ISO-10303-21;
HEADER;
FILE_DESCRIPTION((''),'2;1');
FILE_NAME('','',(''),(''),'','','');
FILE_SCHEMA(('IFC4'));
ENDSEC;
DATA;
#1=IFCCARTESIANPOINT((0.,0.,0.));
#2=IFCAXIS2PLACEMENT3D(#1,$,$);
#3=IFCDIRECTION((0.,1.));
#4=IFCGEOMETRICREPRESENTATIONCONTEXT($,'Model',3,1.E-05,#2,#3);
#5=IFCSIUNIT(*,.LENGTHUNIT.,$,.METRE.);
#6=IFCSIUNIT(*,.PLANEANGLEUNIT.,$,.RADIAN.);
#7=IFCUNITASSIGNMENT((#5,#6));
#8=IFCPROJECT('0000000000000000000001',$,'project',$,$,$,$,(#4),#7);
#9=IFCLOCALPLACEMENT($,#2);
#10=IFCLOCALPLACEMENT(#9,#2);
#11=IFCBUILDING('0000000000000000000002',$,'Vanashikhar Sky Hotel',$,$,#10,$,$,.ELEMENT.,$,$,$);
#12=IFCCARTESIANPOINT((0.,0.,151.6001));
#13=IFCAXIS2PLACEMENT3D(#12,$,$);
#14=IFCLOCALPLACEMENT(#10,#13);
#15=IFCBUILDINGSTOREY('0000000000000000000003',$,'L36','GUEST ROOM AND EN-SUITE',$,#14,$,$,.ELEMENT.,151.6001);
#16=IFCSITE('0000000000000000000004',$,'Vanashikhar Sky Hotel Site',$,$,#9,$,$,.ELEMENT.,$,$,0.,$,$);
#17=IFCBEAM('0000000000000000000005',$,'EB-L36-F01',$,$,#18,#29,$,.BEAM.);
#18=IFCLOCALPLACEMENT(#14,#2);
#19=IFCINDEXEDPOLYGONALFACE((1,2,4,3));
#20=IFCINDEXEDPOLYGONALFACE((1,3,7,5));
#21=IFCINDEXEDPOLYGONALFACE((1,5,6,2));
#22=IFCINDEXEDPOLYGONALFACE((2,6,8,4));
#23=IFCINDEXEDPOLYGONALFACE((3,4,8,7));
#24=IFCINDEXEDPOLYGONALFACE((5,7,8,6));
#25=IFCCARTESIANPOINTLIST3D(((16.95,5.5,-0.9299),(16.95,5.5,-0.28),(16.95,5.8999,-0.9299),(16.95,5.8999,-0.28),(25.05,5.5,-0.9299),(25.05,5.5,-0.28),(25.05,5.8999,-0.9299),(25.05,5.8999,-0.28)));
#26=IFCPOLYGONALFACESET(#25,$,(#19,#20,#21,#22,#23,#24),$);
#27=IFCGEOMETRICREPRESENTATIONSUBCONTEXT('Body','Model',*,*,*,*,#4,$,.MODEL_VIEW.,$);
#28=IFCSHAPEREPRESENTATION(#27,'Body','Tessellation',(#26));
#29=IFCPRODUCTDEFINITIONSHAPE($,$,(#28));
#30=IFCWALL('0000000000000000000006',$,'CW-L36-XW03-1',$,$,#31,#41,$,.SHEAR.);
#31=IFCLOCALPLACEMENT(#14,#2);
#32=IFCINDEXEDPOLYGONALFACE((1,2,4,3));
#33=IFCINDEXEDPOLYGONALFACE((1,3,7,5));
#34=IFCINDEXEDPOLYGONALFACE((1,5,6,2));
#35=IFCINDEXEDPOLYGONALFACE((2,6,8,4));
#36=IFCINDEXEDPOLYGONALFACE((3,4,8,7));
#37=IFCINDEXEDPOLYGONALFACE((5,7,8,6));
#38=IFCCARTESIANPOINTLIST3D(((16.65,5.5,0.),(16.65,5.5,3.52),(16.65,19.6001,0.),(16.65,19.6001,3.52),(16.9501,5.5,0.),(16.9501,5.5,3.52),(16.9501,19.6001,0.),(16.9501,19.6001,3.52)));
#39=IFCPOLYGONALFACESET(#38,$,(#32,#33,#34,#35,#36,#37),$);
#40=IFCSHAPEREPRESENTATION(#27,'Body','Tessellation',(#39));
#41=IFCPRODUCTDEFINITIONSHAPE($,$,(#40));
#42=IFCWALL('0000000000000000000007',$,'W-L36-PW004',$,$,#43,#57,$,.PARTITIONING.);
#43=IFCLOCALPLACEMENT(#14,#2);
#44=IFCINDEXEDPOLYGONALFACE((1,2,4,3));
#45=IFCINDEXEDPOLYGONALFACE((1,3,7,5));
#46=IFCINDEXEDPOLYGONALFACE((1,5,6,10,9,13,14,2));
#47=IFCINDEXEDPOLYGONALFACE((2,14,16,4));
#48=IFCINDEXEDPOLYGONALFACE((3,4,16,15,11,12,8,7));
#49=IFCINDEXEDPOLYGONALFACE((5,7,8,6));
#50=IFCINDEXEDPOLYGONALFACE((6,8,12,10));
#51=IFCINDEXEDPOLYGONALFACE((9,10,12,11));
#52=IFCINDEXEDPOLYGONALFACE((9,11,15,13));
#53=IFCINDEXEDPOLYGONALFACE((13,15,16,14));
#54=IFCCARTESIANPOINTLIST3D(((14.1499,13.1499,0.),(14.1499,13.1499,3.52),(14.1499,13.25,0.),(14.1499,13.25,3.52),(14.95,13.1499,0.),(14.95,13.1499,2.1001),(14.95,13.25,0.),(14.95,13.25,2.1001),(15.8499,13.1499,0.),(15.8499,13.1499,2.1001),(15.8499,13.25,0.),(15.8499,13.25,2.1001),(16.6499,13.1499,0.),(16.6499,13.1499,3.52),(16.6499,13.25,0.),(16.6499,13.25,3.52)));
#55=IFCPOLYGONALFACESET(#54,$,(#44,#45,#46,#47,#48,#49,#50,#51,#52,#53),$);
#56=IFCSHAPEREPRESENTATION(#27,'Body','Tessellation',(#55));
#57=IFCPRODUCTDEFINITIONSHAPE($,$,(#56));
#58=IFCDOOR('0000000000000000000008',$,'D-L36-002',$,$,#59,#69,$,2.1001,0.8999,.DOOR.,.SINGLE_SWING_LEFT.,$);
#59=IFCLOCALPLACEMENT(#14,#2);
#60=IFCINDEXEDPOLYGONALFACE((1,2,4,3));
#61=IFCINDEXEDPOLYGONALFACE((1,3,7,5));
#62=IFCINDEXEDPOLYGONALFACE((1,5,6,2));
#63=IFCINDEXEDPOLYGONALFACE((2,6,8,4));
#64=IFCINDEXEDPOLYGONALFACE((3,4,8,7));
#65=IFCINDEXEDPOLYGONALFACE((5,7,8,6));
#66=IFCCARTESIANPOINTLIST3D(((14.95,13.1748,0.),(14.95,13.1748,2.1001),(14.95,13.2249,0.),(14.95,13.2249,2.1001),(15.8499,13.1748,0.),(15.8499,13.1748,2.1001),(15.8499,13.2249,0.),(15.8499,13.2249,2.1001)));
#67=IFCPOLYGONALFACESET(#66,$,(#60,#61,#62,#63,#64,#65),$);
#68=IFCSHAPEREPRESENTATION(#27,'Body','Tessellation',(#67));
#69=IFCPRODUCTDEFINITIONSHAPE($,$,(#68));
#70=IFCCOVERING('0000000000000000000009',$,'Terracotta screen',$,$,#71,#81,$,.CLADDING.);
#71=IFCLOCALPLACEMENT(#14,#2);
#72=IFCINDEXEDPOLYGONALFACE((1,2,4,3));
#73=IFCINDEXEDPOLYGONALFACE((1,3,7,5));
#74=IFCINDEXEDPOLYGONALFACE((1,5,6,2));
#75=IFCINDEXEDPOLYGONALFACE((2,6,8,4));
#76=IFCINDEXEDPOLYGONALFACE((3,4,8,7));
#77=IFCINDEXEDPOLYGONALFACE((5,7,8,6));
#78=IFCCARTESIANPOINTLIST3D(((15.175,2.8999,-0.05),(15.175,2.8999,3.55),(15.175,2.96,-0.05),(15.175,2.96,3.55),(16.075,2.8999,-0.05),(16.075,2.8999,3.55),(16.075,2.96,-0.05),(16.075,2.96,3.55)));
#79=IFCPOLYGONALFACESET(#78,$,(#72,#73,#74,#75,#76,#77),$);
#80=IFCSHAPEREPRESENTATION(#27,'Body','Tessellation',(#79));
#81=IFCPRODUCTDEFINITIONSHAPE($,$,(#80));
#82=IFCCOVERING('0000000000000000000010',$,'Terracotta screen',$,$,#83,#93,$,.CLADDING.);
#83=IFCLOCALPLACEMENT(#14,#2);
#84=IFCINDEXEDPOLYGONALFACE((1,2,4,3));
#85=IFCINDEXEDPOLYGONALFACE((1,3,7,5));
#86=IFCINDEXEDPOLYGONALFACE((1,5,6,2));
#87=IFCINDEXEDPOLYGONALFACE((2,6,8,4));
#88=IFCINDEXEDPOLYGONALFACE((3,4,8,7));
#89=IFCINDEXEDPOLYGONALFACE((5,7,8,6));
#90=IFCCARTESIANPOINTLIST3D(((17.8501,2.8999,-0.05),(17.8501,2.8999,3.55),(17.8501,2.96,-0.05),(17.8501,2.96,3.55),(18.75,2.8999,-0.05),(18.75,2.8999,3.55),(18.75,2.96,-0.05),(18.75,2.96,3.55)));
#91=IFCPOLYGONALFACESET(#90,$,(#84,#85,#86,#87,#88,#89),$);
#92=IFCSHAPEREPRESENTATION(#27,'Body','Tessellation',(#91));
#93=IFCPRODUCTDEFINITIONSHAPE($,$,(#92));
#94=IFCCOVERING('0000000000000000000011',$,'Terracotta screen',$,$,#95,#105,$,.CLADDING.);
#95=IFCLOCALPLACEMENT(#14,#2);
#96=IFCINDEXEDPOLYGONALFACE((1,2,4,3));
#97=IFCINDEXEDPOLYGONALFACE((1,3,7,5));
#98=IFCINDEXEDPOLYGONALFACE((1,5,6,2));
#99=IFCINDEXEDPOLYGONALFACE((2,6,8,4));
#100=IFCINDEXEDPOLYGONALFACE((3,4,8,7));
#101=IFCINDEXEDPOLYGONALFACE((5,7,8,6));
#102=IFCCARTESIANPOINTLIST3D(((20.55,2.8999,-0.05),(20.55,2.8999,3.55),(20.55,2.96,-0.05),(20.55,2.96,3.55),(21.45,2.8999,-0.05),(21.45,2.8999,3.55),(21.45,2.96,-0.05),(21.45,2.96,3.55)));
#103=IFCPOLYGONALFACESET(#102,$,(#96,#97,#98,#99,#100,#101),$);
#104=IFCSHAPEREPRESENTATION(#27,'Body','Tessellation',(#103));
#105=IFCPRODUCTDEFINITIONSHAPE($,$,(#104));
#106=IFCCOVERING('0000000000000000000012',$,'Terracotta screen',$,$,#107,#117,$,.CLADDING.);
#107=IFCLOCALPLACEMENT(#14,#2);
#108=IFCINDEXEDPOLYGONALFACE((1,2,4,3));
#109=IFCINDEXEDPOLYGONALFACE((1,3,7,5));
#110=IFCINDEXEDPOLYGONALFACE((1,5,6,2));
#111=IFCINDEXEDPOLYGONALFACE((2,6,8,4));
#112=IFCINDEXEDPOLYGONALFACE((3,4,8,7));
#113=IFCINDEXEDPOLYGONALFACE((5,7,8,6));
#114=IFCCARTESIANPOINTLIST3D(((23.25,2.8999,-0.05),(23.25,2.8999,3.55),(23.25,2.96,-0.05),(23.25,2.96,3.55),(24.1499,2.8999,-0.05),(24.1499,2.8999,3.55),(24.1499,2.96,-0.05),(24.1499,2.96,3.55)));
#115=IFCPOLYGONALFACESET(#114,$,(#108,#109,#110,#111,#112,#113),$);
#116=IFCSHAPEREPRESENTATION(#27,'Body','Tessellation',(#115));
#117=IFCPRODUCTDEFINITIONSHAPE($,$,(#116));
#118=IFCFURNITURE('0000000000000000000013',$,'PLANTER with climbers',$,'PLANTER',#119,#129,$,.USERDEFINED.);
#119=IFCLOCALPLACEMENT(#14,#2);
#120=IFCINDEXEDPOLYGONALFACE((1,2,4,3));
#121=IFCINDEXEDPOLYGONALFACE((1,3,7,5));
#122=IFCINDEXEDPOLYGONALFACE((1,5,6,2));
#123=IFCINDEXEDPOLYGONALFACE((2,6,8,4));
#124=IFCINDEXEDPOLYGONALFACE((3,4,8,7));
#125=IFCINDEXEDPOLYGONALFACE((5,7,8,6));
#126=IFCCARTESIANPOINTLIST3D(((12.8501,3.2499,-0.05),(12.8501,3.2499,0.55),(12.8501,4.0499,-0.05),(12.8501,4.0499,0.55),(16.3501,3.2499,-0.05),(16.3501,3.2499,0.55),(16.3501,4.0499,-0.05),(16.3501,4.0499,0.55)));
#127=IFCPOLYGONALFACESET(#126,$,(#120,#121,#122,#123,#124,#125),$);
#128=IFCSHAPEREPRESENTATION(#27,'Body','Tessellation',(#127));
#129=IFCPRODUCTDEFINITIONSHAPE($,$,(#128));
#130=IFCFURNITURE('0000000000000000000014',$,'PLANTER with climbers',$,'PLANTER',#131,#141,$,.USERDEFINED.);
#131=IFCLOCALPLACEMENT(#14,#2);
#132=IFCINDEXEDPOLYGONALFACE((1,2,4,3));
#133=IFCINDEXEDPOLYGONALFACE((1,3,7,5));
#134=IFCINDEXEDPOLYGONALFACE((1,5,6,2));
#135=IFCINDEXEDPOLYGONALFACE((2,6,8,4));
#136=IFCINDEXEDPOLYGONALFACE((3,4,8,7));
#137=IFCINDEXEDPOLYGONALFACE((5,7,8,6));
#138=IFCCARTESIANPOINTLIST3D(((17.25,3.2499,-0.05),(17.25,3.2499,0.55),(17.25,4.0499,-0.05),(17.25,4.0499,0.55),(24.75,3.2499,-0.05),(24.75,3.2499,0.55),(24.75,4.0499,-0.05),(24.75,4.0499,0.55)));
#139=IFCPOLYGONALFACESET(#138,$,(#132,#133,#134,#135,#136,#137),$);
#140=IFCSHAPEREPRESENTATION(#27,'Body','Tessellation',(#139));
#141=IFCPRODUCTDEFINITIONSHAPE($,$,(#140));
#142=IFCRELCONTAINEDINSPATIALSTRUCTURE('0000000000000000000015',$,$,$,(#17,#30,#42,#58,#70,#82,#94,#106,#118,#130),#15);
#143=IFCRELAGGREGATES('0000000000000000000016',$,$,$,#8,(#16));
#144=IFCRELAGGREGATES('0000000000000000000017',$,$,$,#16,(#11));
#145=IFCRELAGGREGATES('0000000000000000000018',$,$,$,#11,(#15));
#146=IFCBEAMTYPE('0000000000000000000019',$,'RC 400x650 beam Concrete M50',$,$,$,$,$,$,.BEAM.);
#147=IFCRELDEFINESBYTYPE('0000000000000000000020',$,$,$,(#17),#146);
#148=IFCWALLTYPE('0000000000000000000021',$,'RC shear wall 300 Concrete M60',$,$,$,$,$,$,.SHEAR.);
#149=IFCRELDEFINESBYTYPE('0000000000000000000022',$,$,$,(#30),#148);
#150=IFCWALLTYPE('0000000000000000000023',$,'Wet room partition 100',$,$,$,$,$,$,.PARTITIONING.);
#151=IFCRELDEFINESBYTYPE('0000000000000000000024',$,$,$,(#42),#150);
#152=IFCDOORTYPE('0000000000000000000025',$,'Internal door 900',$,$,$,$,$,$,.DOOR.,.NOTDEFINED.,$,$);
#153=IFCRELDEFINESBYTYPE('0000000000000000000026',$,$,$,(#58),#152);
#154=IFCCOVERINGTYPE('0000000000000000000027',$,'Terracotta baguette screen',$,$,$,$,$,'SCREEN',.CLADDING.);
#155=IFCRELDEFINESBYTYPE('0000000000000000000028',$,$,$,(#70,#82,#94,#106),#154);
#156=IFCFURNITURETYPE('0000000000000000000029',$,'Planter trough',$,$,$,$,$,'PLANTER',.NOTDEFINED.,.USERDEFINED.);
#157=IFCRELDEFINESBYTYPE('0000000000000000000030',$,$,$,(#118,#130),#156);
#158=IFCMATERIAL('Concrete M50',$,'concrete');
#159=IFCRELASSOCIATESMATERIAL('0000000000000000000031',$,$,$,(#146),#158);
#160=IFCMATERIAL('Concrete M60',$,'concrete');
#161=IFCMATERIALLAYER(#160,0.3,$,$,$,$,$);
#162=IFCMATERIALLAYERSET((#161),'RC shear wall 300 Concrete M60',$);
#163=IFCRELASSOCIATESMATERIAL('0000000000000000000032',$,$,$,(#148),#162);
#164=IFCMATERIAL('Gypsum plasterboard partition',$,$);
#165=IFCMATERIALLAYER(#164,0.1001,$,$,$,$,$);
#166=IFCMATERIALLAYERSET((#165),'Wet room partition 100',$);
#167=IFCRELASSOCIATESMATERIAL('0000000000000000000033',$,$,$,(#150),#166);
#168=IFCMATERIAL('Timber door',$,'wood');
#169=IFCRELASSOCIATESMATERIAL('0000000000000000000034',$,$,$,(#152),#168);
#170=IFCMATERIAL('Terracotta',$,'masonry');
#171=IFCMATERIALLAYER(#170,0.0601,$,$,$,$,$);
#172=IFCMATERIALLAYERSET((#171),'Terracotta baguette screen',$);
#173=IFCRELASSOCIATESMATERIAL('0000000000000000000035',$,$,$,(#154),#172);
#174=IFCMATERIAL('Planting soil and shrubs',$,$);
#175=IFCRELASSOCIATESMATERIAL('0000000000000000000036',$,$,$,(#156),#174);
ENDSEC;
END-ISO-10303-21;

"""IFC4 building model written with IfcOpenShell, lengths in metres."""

from ifc_helpers import new_model, si_unit, direction, frame, frame_2d, origin, origin_2d, place, context, subcontext, project, spatial, rectangle, extrude, source, transform, mapped, material, layer, layer_set, material_profile, profile_set, type_object, element, fill, save


model = new_model("IFC4")

# Units and contexts
model_context = context("Model", 3, precision=1e-05, world=origin(), true_north=direction((0.0, 1.0)))
body_context = subcontext(model_context, "Body", "Model", "MODEL_VIEW")
ifc_project = project(units=[si_unit("LENGTHUNIT", "METRE"), si_unit("PLANEANGLEUNIT", "RADIAN")], contexts=[model_context])

# Site, building, storey
site_placement = place(None, origin())
site = spatial("IfcSite", under=ifc_project, at=site_placement, Name="Vanashikhar Sky Hotel Site", CompositionType="ELEMENT", RefElevation=0.0)
building_placement = place(site_placement, origin())
building = spatial("IfcBuilding", under=site, at=building_placement, Name="Vanashikhar Sky Hotel", CompositionType="ELEMENT")
storey_placement = place(building_placement, frame((0.0, 0.0, 151.6001)))
storey = spatial("IfcBuildingStorey", under=building, at=storey_placement, Name="L36", Description="GUEST ROOM AND EN-SUITE", CompositionType="ELEMENT", Elevation=151.6001)

# Beam
ifc_material_1 = material(Name="Concrete M50", Category="concrete")
ifc_material_profile = material_profile(ifc_material_1, rectangle(XDim=0.3999, YDim=0.6499, at=origin_2d()))
ifc_profile_set = profile_set([ifc_material_profile], Name="RC 400x650 beam Concrete M50")
beam_type = type_object("IfcBeamType", Name="RC 400x650 beam Concrete M50", PredefinedType="BEAM", material=ifc_profile_set)
shared_shape_1 = source(origin(), body_context, "Body", "SweptSolid", [
    extrude(rectangle(XDim=0.3999, YDim=0.6499, at=origin_2d()), origin(), (0.0, 0.0, 1.0), 8.1001),
])
beam_placement = place(storey_placement, frame((16.95, 5.7, -0.605), z_axis=(1.0, 0.0, 0.0), x_axis=(0.0, 1.0, 0.0)))
element("IfcBeam", 1, at=beam_placement, inside=storey, type_object=beam_type, Name="EB-L36-F01", PredefinedType="BEAM", context=body_context, shape_type="MappedRepresentation", body=[
    mapped(shared_shape_1, transform((0.0, 0.0, 0.0), scale=1.0)),
])

# Wall
ifc_material_2 = material(Name="Concrete M60", Category="concrete")
ifc_layer_1 = layer(ifc_material_2, 0.3)
ifc_layer_set_1 = layer_set([ifc_layer_1], Name="RC shear wall 300 Concrete M60")
wall_type_1 = type_object("IfcWallType", Name="RC shear wall 300 Concrete M60", PredefinedType="SHEAR", material=ifc_layer_set_1)
shared_shape_2 = source(origin(), body_context, "Body", "SweptSolid", [
    extrude(rectangle(XDim=14.1001, YDim=0.3, at=frame_2d((7.05, 0.0))), origin(), (0.0, 0.0, 1.0), 3.52),
])
wall_1_placement = place(storey_placement, frame((16.8, 5.5, 0.0), z_axis=(0.0, 0.0, 1.0), x_axis=(0.0, 1.0, 0.0)))
element("IfcWall", 2, at=wall_1_placement, inside=storey, type_object=wall_type_1, Name="CW-L36-XW03-1", PredefinedType="SHEAR", context=body_context, shape_type="MappedRepresentation", body=[
    mapped(shared_shape_2, transform((0.0, 0.0, 0.0), scale=1.0)),
])

# Wall, opening, door
ifc_material_3 = material(Name="Gypsum plasterboard partition")
ifc_layer_2 = layer(ifc_material_3, 0.1001)
ifc_layer_set_2 = layer_set([ifc_layer_2], Name="Wet room partition 100")
wall_type_2 = type_object("IfcWallType", Name="Wet room partition 100", PredefinedType="PARTITIONING", material=ifc_layer_set_2)
shared_shape_3 = source(origin(), body_context, "Body", "SweptSolid", [
    extrude(rectangle(XDim=2.5, YDim=0.1001, at=frame_2d((1.25, 0.0))), origin(), (0.0, 0.0, 1.0), 3.52),
])
wall_2_placement = place(storey_placement, frame((14.1499, 13.2, 0.0), z_axis=(0.0, 0.0, 1.0), x_axis=(1.0, 0.0, 0.0)))
wall_2 = element("IfcWall", 3, at=wall_2_placement, inside=storey, type_object=wall_type_2, Name="W-L36-PW004", PredefinedType="PARTITIONING", context=body_context, shape_type="MappedRepresentation", body=[
    mapped(shared_shape_3, transform((0.0, 0.0, 0.0), scale=1.0)),
])
shared_shape_4 = source(origin(), body_context, "Body", "SweptSolid", [
    extrude(rectangle(XDim=0.8999, YDim=2.1001, at=frame_2d((0.45, 1.05))), frame((0.0, 0.0601, 0.0), z_axis=(0.0, -1.0, 0.0), x_axis=(1.0, 0.0, 0.0)), (0.0, 0.0, 1.0), 0.1201),
])
opening_1_placement = place(wall_2_placement, frame((0.8, 0.0, 0.0)))
opening_1 = element("IfcOpeningElement", 4, at=opening_1_placement, cuts=wall_2, PredefinedType="OPENING", context=body_context, shape_type="MappedRepresentation", body=[
    mapped(shared_shape_4, transform((0.0, 0.0, 0.0), scale=1.0)),
])
ifc_material_4 = material(Name="Timber door", Category="wood")
door_type_1 = type_object("IfcDoorType", Name="Internal door 900", OperationType="NOTDEFINED", PredefinedType="DOOR", material=ifc_material_4)
shared_shape_5 = source(origin(), body_context, "Body", "SweptSolid", [
    extrude(rectangle(XDim=0.8999, YDim=2.1001, at=frame_2d((0.45, 1.05))), frame((0.0, 0.0249, 0.0), z_axis=(0.0, -1.0, 0.0), x_axis=(1.0, 0.0, 0.0)), (0.0, 0.0, 1.0), 0.05),
])
door_1_placement = place(opening_1_placement, origin())
door_1 = element("IfcDoor", 5, at=door_1_placement, inside=storey, type_object=door_type_1, Name="D-L36-002", OperationType="SINGLE_SWING_LEFT", OverallHeight=2.1001, OverallWidth=0.8999, PredefinedType="DOOR", context=body_context, shape_type="MappedRepresentation", body=[
    mapped(shared_shape_5, transform((0.0, 0.0, 0.0), scale=1.0)),
])
fill(opening_1, door_1)

# Coverings
ifc_material_5 = material(Name="Terracotta", Category="masonry")
ifc_layer_3 = layer(ifc_material_5, 0.0601)
ifc_layer_set_3 = layer_set([ifc_layer_3], Name="Terracotta baguette screen")
covering_type = type_object("IfcCoveringType", Name="Terracotta baguette screen", ElementType="SCREEN", PredefinedType="CLADDING", material=ifc_layer_set_3)
shared_shape_6 = source(origin(), body_context, "Body", "SweptSolid", [
    extrude(rectangle(XDim=0.8999, YDim=0.0601, at=origin_2d()), origin(), (0.0, 0.0, 1.0), 3.6001),
])
for number, where, z_axis, x_axis, name in (
    (6, (15.625, 2.9299, -0.05), (0.0, 0.0, 1.0), (1.0, 0.0, 0.0), "Terracotta screen"),
    (7, (18.3, 2.9299, -0.05), (0.0, 0.0, 1.0), (1.0, 0.0, 0.0), "Terracotta screen"),
    (8, (21.0, 2.9299, -0.05), (0.0, 0.0, 1.0), (1.0, 0.0, 0.0), "Terracotta screen"),
    (9, (23.7, 2.9299, -0.05), (0.0, 0.0, 1.0), (1.0, 0.0, 0.0), "Terracotta screen"),
):
    element("IfcCovering", number, at=place(storey_placement, frame(where, z_axis=z_axis, x_axis=x_axis)), inside=storey, type_object=covering_type, Name=name, PredefinedType="CLADDING", context=body_context, shape_type="MappedRepresentation", body=[
        mapped(shared_shape_6, transform((0.0, 0.0, 0.0), scale=1.0)),
    ])

# Furniture
ifc_material_6 = material(Name="Planting soil and shrubs")
furniture_type = type_object("IfcFurnitureType", Name="Planter trough", ElementType="PLANTER", AssemblyPlace="NOTDEFINED", PredefinedType="USERDEFINED", material=ifc_material_6)
shared_shape_7 = source(origin(), body_context, "Body", "SweptSolid", [
    extrude(rectangle(XDim=3.5, YDim=0.8, at=origin_2d()), origin(), (0.0, 0.0, 1.0), 0.6001),
])
furniture_1_placement = place(storey_placement, frame((14.6001, 3.6499, -0.05), z_axis=(0.0, 0.0, 1.0), x_axis=(1.0, 0.0, 0.0)))
element("IfcFurniture", 10, at=furniture_1_placement, inside=storey, type_object=furniture_type, Name="PLANTER with climbers", ObjectType="PLANTER", PredefinedType="USERDEFINED", context=body_context, shape_type="MappedRepresentation", body=[
    mapped(shared_shape_7, transform((0.0, 0.0, 0.0), scale=1.0)),
])
shared_shape_8 = source(origin(), body_context, "Body", "SweptSolid", [
    extrude(rectangle(XDim=7.5, YDim=0.8, at=origin_2d()), origin(), (0.0, 0.0, 1.0), 0.6001),
])
furniture_2_placement = place(storey_placement, frame((21.0, 3.6499, -0.05), z_axis=(0.0, 0.0, 1.0), x_axis=(1.0, 0.0, 0.0)))
element("IfcFurniture", 11, at=furniture_2_placement, inside=storey, type_object=furniture_type, Name="PLANTER with climbers", ObjectType="PLANTER", PredefinedType="USERDEFINED", context=body_context, shape_type="MappedRepresentation", body=[
    mapped(shared_shape_8, transform((0.0, 0.0, 0.0), scale=1.0)),
])

save(model, "model.ifc")
